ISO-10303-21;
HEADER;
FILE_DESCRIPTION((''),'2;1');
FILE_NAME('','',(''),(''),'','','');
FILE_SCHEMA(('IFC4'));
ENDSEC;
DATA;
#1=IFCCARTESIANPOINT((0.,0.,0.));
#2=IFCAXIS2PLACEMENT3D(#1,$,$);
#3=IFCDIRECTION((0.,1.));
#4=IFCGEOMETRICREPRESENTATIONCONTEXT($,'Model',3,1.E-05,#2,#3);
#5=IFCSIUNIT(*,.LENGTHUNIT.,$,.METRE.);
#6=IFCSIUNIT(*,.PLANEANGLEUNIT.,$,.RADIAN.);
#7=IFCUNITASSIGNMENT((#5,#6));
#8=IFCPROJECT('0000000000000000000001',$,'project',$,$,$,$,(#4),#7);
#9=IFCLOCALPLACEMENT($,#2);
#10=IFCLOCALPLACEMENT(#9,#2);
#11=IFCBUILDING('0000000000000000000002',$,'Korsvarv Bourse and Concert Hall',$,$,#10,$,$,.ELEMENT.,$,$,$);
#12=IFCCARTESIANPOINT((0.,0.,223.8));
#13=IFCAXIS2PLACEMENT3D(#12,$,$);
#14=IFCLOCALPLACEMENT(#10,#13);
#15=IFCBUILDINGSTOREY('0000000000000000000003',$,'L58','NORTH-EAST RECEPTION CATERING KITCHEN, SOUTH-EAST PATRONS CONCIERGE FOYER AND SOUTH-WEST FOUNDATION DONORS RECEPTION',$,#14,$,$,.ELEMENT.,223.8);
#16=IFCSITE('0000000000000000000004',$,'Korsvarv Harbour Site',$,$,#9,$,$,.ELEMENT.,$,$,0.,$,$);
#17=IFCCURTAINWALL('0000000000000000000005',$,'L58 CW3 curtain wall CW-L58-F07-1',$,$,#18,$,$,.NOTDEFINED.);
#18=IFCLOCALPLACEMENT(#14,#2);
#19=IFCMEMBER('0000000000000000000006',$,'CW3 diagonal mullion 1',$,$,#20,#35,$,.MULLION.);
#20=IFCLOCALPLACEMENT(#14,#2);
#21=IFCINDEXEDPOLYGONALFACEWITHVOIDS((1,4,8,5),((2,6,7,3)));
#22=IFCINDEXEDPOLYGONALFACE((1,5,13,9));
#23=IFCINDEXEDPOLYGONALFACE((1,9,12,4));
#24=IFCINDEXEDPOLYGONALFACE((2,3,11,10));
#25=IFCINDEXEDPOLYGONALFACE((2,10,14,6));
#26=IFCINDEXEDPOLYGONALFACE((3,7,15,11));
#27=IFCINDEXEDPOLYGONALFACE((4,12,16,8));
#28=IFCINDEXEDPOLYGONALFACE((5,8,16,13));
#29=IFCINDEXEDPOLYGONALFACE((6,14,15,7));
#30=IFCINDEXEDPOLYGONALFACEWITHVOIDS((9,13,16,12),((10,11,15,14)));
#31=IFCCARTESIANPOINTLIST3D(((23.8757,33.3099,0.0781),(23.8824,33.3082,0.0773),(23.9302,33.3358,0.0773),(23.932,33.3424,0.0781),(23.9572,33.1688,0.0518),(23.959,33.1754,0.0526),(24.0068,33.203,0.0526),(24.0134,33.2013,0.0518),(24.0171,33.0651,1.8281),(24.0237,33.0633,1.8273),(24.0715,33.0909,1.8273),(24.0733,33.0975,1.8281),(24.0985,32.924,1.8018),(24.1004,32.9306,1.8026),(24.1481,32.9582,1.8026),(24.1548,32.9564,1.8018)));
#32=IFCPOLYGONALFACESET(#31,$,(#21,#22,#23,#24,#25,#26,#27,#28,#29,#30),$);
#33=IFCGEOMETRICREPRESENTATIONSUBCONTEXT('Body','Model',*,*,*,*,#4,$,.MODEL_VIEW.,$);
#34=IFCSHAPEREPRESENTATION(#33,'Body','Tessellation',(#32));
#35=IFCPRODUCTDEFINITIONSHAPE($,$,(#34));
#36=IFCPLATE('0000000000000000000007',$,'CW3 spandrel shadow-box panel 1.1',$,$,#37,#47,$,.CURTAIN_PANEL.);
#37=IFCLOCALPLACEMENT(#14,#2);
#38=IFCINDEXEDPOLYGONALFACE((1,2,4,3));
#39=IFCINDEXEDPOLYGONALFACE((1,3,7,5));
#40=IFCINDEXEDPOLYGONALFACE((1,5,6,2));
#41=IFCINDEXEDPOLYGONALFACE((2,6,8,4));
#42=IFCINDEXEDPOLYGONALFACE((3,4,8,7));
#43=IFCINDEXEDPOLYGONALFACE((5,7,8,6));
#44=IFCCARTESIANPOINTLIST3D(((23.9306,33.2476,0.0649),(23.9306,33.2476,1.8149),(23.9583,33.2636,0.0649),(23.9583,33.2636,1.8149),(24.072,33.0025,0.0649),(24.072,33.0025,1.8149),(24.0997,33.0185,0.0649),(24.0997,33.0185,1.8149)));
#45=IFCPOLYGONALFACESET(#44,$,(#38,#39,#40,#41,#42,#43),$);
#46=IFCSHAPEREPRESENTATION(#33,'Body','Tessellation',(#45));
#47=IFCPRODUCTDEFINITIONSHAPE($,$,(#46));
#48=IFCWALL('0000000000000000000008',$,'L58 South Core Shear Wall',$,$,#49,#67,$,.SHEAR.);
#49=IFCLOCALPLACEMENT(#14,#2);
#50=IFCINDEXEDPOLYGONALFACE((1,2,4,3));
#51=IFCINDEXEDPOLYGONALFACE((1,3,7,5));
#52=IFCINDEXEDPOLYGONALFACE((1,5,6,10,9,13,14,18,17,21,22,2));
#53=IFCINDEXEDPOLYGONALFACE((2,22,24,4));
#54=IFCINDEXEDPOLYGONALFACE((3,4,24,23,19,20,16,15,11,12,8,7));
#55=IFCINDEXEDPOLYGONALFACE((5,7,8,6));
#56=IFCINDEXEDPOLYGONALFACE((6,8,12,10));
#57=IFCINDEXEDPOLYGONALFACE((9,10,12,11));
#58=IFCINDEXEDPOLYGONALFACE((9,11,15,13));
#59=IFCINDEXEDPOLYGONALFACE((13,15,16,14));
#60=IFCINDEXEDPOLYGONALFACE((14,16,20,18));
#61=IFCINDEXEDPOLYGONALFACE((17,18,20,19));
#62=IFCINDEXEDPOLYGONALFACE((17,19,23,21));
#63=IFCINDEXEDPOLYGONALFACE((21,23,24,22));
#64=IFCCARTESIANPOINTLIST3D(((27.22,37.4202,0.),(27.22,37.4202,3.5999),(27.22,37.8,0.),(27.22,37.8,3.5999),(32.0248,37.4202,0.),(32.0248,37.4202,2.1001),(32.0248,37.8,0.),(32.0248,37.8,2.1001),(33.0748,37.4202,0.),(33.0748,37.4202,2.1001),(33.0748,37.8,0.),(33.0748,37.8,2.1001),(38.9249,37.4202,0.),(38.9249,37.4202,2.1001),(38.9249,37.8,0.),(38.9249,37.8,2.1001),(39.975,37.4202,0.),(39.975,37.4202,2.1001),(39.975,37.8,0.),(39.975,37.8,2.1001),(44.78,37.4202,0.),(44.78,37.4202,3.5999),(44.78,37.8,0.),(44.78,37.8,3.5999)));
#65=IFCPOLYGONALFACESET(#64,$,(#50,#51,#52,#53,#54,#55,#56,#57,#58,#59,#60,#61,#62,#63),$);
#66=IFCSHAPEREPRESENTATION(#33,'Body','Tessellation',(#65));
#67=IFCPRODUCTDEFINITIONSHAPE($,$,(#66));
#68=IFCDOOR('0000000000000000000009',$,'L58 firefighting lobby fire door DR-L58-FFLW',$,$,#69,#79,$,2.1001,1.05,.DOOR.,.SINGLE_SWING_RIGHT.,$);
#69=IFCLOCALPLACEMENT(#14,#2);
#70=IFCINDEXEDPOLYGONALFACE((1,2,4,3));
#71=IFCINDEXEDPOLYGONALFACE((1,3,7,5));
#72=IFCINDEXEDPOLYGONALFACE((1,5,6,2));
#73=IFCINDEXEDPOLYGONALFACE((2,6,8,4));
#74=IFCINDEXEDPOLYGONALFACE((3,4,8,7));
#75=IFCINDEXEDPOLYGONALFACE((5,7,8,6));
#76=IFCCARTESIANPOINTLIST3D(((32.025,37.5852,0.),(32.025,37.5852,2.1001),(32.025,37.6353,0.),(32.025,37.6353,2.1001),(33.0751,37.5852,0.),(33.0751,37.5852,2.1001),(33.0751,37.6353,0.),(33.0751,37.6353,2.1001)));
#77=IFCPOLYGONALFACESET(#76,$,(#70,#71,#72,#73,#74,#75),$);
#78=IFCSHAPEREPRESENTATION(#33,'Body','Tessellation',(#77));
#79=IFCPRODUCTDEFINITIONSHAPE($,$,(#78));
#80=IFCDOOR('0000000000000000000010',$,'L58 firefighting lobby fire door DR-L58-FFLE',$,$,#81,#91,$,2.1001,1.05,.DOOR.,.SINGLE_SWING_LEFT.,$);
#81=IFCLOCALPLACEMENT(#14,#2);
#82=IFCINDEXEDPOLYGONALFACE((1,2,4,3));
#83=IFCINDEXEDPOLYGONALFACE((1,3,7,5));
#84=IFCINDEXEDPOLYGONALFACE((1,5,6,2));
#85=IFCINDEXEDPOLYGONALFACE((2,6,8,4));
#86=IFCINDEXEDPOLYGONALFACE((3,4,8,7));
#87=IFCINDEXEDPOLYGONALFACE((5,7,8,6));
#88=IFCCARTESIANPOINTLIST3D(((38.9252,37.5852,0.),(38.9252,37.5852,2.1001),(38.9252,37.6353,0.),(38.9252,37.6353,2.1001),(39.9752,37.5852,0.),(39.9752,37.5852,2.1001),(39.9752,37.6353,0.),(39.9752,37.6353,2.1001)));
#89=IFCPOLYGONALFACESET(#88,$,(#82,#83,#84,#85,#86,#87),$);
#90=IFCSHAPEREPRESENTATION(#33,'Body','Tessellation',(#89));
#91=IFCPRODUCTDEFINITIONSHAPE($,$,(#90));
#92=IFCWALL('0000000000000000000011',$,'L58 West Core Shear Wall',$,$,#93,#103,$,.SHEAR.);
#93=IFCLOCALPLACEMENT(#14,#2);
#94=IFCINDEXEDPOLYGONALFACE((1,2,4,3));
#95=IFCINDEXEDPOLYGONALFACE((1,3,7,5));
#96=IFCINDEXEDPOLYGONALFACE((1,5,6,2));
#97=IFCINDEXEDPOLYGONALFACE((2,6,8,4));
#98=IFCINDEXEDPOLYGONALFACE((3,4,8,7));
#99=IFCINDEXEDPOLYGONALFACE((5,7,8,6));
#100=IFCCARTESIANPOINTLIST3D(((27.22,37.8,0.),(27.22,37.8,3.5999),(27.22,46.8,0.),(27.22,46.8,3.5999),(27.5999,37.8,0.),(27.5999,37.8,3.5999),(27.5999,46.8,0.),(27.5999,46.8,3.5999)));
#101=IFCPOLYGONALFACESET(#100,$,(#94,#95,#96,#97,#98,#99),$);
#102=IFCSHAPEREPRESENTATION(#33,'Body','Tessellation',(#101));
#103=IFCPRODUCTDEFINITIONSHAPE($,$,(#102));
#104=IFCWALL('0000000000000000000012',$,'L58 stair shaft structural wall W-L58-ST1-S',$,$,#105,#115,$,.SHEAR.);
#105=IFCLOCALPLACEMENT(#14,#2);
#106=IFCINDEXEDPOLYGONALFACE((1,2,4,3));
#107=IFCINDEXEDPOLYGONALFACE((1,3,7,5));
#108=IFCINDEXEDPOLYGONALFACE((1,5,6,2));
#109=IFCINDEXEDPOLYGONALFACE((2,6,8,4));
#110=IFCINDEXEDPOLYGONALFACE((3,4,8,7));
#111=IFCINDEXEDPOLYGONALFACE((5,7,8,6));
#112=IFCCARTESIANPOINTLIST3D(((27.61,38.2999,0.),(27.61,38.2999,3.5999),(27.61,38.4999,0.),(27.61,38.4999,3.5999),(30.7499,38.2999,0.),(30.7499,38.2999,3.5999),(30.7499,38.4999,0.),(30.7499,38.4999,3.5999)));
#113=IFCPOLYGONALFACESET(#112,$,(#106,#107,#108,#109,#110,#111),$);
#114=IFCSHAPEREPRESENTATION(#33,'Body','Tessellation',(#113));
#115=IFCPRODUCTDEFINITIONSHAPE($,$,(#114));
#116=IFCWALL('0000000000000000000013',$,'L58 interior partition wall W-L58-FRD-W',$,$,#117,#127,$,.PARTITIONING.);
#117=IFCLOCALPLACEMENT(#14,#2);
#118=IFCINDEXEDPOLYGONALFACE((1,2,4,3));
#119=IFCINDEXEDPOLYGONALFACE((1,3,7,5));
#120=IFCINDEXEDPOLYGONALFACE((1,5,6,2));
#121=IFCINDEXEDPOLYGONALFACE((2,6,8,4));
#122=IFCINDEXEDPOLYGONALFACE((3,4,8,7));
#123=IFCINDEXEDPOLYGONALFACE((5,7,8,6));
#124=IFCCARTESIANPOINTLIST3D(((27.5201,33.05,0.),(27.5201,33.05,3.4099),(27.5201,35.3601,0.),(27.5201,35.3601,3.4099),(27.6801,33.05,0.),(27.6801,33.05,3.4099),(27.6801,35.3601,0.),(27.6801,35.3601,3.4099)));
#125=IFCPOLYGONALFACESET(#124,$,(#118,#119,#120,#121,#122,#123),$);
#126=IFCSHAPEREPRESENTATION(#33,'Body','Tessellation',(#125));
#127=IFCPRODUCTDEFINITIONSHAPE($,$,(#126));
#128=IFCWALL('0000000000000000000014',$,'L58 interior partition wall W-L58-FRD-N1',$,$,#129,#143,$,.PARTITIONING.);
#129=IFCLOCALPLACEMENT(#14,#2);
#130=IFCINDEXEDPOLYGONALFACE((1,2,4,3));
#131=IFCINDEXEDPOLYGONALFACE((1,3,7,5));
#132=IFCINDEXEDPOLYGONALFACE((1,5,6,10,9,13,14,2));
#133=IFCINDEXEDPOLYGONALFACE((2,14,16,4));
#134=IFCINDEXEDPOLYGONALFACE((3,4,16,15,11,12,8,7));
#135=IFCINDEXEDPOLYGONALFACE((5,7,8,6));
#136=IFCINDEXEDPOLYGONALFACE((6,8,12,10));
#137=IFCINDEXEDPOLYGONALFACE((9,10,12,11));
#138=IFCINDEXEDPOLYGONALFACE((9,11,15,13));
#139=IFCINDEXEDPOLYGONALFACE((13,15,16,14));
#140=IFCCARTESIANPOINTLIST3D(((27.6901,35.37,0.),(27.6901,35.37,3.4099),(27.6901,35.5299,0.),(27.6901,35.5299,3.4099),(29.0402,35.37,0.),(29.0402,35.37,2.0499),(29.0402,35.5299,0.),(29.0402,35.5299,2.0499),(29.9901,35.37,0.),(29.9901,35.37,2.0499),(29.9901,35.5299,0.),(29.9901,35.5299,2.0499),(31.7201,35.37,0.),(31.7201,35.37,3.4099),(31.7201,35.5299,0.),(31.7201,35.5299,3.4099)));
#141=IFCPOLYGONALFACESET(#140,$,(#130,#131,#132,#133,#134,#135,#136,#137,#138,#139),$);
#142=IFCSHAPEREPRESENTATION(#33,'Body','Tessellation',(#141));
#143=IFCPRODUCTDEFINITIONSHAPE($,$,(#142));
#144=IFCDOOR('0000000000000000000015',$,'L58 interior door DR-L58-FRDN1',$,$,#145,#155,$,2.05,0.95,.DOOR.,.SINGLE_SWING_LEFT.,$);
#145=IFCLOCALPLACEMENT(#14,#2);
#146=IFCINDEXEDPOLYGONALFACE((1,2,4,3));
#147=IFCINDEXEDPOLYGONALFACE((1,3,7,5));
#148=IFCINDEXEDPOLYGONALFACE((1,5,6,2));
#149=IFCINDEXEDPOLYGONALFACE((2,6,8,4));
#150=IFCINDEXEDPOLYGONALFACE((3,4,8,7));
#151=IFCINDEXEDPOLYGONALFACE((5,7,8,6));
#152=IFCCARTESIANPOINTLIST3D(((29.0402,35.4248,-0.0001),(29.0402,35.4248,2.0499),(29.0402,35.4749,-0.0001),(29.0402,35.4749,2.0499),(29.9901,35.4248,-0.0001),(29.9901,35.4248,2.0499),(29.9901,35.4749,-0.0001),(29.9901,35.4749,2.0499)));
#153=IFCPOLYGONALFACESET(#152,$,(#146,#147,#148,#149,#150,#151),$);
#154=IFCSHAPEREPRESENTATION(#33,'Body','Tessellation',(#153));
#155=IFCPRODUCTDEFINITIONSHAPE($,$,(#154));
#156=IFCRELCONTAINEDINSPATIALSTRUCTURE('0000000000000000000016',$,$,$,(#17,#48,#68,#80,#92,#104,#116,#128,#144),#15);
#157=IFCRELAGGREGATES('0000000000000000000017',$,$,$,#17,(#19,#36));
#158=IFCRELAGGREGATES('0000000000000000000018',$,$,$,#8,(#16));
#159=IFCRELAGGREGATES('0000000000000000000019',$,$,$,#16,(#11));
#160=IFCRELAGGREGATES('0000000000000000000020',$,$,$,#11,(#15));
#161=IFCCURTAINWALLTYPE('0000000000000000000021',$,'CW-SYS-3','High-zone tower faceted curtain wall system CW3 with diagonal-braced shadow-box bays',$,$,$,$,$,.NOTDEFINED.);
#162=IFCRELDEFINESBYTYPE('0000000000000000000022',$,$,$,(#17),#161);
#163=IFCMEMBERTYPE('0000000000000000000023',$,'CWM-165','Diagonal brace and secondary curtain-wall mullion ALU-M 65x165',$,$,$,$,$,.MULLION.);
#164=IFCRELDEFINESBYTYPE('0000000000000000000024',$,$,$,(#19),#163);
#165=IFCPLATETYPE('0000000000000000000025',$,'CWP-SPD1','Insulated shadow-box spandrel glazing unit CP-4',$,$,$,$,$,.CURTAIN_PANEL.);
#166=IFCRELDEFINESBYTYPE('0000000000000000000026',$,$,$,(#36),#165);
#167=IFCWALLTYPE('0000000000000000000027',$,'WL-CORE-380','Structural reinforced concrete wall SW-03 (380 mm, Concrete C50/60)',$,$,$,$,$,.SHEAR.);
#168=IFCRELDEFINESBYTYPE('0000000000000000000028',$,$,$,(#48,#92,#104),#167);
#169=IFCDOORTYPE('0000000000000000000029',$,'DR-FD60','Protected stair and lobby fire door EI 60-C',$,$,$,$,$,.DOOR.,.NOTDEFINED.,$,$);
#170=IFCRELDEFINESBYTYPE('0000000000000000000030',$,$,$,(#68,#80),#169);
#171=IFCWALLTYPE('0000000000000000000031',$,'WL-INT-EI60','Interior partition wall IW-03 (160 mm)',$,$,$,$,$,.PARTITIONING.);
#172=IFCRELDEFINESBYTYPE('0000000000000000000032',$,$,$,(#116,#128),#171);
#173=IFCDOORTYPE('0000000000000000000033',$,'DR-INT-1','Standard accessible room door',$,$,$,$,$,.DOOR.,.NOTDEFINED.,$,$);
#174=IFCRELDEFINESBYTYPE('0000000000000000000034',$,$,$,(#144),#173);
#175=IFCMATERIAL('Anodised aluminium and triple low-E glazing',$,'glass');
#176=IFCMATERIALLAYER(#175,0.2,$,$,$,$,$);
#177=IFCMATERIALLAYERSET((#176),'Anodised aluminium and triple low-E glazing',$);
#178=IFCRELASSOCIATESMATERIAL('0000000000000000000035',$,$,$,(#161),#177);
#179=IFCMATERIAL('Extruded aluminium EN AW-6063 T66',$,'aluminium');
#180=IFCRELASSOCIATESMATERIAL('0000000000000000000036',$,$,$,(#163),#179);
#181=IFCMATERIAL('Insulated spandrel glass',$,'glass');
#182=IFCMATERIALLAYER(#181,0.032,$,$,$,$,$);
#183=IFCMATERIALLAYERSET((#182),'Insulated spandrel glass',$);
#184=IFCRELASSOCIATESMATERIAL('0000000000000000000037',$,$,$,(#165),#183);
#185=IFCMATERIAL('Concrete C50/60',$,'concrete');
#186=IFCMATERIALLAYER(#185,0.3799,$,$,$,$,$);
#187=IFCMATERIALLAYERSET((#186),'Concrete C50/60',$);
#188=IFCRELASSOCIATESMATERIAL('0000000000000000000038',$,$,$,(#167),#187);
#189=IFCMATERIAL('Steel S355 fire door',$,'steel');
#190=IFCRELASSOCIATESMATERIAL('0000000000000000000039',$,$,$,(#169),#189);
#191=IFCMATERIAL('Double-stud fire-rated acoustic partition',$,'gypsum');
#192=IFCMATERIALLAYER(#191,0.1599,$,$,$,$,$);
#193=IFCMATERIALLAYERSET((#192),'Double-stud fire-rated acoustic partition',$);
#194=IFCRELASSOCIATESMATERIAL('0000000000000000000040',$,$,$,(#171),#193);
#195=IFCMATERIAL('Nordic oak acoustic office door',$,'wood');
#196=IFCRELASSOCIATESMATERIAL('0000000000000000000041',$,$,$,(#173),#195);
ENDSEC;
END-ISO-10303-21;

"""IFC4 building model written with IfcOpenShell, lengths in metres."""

from ifc_helpers import new_model, si_unit, direction, frame, frame_2d, origin, origin_2d, place, context, subcontext, project, spatial, rectangle, hollow_rectangle, extrude, source, transform, mapped, material, layer, layer_set, material_profile, profile_set, type_object, element, fill, aggregate, save


model = new_model("IFC4")

# Units and contexts
model_context = context("Model", 3, precision=1e-05, world=origin(), true_north=direction((0.0, 1.0)))
body_context = subcontext(model_context, "Body", "Model", "MODEL_VIEW")
ifc_project = project(units=[si_unit("LENGTHUNIT", "METRE"), si_unit("PLANEANGLEUNIT", "RADIAN")], contexts=[model_context])

# Site, building, storey
site_placement = place(None, origin())
site = spatial("IfcSite", under=ifc_project, at=site_placement, Name="Korsvarv Harbour Site", CompositionType="ELEMENT", RefElevation=0.0)
building_placement = place(site_placement, origin())
building = spatial("IfcBuilding", under=site, at=building_placement, Name="Korsvarv Bourse and Concert Hall", CompositionType="ELEMENT")
storey_placement = place(building_placement, frame((0.0, 0.0, 223.8)))
storey = spatial("IfcBuildingStorey", under=building, at=storey_placement, Name="L58", Description="NORTH-EAST RECEPTION CATERING KITCHEN, SOUTH-EAST PATRONS CONCIERGE FOYER AND SOUTH-WEST FOUNDATION DONORS RECEPTION", CompositionType="ELEMENT", Elevation=223.8)

# Shared definitions
ifc_material_1 = material(Name="Concrete C50/60", Category="concrete")

# Curtain wall, member, plate
ifc_material_2 = material(Name="Anodised aluminium and triple low-E glazing", Category="glass")
ifc_layer_1 = layer(ifc_material_2, 0.2)
ifc_layer_set_1 = layer_set([ifc_layer_1], Name="Anodised aluminium and triple low-E glazing")
curtain_wall_type = type_object("IfcCurtainWallType", Name="CW-SYS-3", Description="High-zone tower faceted curtain wall system CW3 with diagonal-braced shadow-box bays", PredefinedType="NOTDEFINED", material=ifc_layer_set_1)
curtain_wall_placement = place(storey_placement, origin())
curtain_wall = element("IfcCurtainWall", 1, at=curtain_wall_placement, inside=storey, type_object=curtain_wall_type, Name="L58 CW3 curtain wall CW-L58-F07-1", PredefinedType="NOTDEFINED")
ifc_material_3 = material(Name="Extruded aluminium EN AW-6063 T66", Category="aluminium")
ifc_material_profile_1 = material_profile(ifc_material_3, hollow_rectangle(XDim=0.0649, YDim=0.165, WallThickness=0.0049, at=origin_2d()), Name="ALU-M 65x165")
ifc_profile_set_1 = profile_set([ifc_material_profile_1], Name="Extruded aluminium EN AW-6063 T66")
member_type_1 = type_object("IfcMemberType", Name="CWM-165", Description="Diagonal brace and secondary curtain-wall mullion ALU-M 65x165", PredefinedType="MULLION", material=ifc_profile_set_1)
shared_shape_1 = source(origin(), body_context, "Body", "SweptSolid", [
    extrude(hollow_rectangle(XDim=0.0649, YDim=0.165, WallThickness=0.0049, at=origin_2d()), origin(), (0.0, 0.0, 1.0), 1.7727),
])
member_1_placement = place(storey_placement, frame((23.9446, 33.2556, 0.0649), z_axis=(0.079742, -0.138136, 0.987198), x_axis=(0.866056, 0.499947, 0.0)))
member_1 = element("IfcMember", 2, at=member_1_placement, type_object=member_type_1, Name="CW3 diagonal mullion 1", PredefinedType="MULLION", context=body_context, shape_type="MappedRepresentation", body=[
    mapped(shared_shape_1, transform((0.0, 0.0, 0.0), scale=1.0)),
])
ifc_material_4 = material(Name="Insulated spandrel glass", Category="glass")
ifc_layer_2 = layer(ifc_material_4, 0.032)
ifc_layer_set_2 = layer_set([ifc_layer_2], Name="Insulated spandrel glass")
plate_type = type_object("IfcPlateType", Name="CWP-SPD1", Description="Insulated shadow-box spandrel glazing unit CP-4", PredefinedType="CURTAIN_PANEL", material=ifc_layer_set_2)
shared_shape_2 = source(origin(), body_context, "Body", "SweptSolid", [
    extrude(rectangle(XDim=0.283, YDim=0.032, at=origin_2d()), origin(), (0.0, 0.0, 1.0), 1.75),
])
plate_placement = place(storey_placement, frame((24.0151, 33.1331, 0.0649), z_axis=(0.0, 0.0, 1.0), x_axis=(0.499954, -0.866052, 0.0)))
plate = element("IfcPlate", 3, at=plate_placement, type_object=plate_type, Name="CW3 spandrel shadow-box panel 1.1", PredefinedType="CURTAIN_PANEL", context=body_context, shape_type="MappedRepresentation", body=[
    mapped(shared_shape_2, transform((0.0, 0.0, 0.0), scale=1.0)),
])
aggregate(curtain_wall, [member_1, plate])

# Wall, openings, doors
ifc_layer_3 = layer(ifc_material_1, 0.3799)
ifc_layer_set_3 = layer_set([ifc_layer_3], Name="Concrete C50/60")
wall_type_1 = type_object("IfcWallType", Name="WL-CORE-380", Description="Structural reinforced concrete wall SW-03 (380 mm, Concrete C50/60)", PredefinedType="SHEAR", material=ifc_layer_set_3)
wall_1_placement = place(storey_placement, frame((27.22, 37.6101, 0.0), z_axis=(0.0, 0.0, 1.0), x_axis=(1.0, 0.0, 0.0)))
wall_1 = element("IfcWall", 4, at=wall_1_placement, inside=storey, type_object=wall_type_1, Name="L58 South Core Shear Wall", PredefinedType="SHEAR", context=body_context, shape_type="SweptSolid", body=[
    extrude(rectangle(XDim=17.5601, YDim=0.3799, at=frame_2d((8.78, 0.0))), origin(), (0.0, 0.0, 1.0), 3.5999),
])
opening_1_placement = place(wall_1_placement, frame((4.8049, 0.0, 0.0)))
opening_1 = element("IfcOpeningElement", 5, at=opening_1_placement, cuts=wall_1, PredefinedType="OPENING", context=body_context, shape_type="SweptSolid", body=[
    extrude(rectangle(XDim=1.05, YDim=2.1001, at=frame_2d((0.5249, 1.05))), frame((0.0, 0.2, 0.0), z_axis=(0.0, -1.0, 0.0), x_axis=(1.0, 0.0, 0.0)), (0.0, 0.0, 1.0), 0.3999),
])
opening_2_placement = place(wall_1_placement, frame((11.7051, 0.0, 0.0)))
opening_2 = element("IfcOpeningElement", 6, at=opening_2_placement, cuts=wall_1, PredefinedType="OPENING", context=body_context, shape_type="SweptSolid", body=[
    extrude(rectangle(XDim=1.05, YDim=2.1001, at=frame_2d((0.5249, 1.05))), frame((0.0, 0.2, 0.0), z_axis=(0.0, -1.0, 0.0), x_axis=(1.0, 0.0, 0.0)), (0.0, 0.0, 1.0), 0.3999),
])
ifc_material_5 = material(Name="Steel S355 fire door", Category="steel")
door_type_1 = type_object("IfcDoorType", Name="DR-FD60", Description="Protected stair and lobby fire door EI 60-C", OperationType="NOTDEFINED", PredefinedType="DOOR", material=ifc_material_5)
door_1_placement = place(opening_1_placement, frame((1.05, 0.0, 0.0), z_axis=(0.0, 0.0, 1.0), x_axis=(-1.0, 0.0, 0.0)))
door_1 = element("IfcDoor", 7, at=door_1_placement, inside=storey, type_object=door_type_1, Name="L58 firefighting lobby fire door DR-L58-FFLW", OperationType="SINGLE_SWING_RIGHT", OverallHeight=2.1001, OverallWidth=1.05, PredefinedType="DOOR", context=body_context, shape_type="SweptSolid", body=[
    extrude(rectangle(XDim=1.05, YDim=2.1001, at=frame_2d((0.5249, 1.05))), frame((0.0, 0.0249, 0.0), z_axis=(0.0, -1.0, 0.0), x_axis=(1.0, 0.0, 0.0)), (0.0, 0.0, 1.0), 0.05),
])
fill(opening_1, door_1)
door_2_placement = place(opening_2_placement, frame((1.05, 0.0, 0.0), z_axis=(0.0, 0.0, 1.0), x_axis=(-1.0, 0.0, 0.0)))
door_2 = element("IfcDoor", 8, at=door_2_placement, inside=storey, type_object=door_type_1, Name="L58 firefighting lobby fire door DR-L58-FFLE", OperationType="SINGLE_SWING_LEFT", OverallHeight=2.1001, OverallWidth=1.05, PredefinedType="DOOR", context=body_context, shape_type="SweptSolid", body=[
    extrude(rectangle(XDim=1.05, YDim=2.1001, at=frame_2d((0.5249, 1.05))), frame((0.0, 0.0249, 0.0), z_axis=(0.0, -1.0, 0.0), x_axis=(1.0, 0.0, 0.0)), (0.0, 0.0, 1.0), 0.05),
])
fill(opening_2, door_2)

# Walls
wall_2_placement = place(storey_placement, frame((27.4099, 37.8, 0.0), z_axis=(0.0, 0.0, 1.0), x_axis=(0.0, 1.0, 0.0)))
element("IfcWall", 9, at=wall_2_placement, inside=storey, type_object=wall_type_1, Name="L58 West Core Shear Wall", PredefinedType="SHEAR", context=body_context, shape_type="SweptSolid", body=[
    extrude(rectangle(XDim=9.0, YDim=0.3799, at=frame_2d((4.5, 0.0))), origin(), (0.0, 0.0, 1.0), 3.5999),
])
wall_3_placement = place(storey_placement, frame((27.6101, 38.3999, 0.0), z_axis=(0.0, 0.0, 1.0), x_axis=(1.0, 0.0, 0.0)))
element("IfcWall", 10, at=wall_3_placement, inside=storey, type_object=wall_type_1, Name="L58 stair shaft structural wall W-L58-ST1-S", PredefinedType="SHEAR", context=body_context, shape_type="SweptSolid", body=[
    extrude(rectangle(XDim=3.1399, YDim=0.2, at=frame_2d((1.5698, 0.0))), origin(), (0.0, 0.0, 1.0), 3.5999),
])
ifc_material_6 = material(Name="Double-stud fire-rated acoustic partition", Category="gypsum")
ifc_layer_4 = layer(ifc_material_6, 0.1599)
ifc_layer_set_4 = layer_set([ifc_layer_4], Name="Double-stud fire-rated acoustic partition")
wall_type_2 = type_object("IfcWallType", Name="WL-INT-EI60", Description="Interior partition wall IW-03 (160 mm)", PredefinedType="PARTITIONING", material=ifc_layer_set_4)
wall_4_placement = place(storey_placement, frame((27.6001, 33.05, 0.0), z_axis=(0.0, 0.0, 1.0), x_axis=(0.0, 1.0, 0.0)))
element("IfcWall", 11, at=wall_4_placement, inside=storey, type_object=wall_type_2, Name="L58 interior partition wall W-L58-FRD-W", PredefinedType="PARTITIONING", context=body_context, shape_type="SweptSolid", body=[
    extrude(rectangle(XDim=2.3101, YDim=0.1599, at=frame_2d((1.155, 0.0))), origin(), (0.0, 0.0, 1.0), 3.4099),
])

# Wall, opening, door
wall_5_placement = place(storey_placement, frame((27.6899, 35.45, 0.0), z_axis=(0.0, 0.0, 1.0), x_axis=(1.0, 0.0, 0.0)))
wall_5 = element("IfcWall", 12, at=wall_5_placement, inside=storey, type_object=wall_type_2, Name="L58 interior partition wall W-L58-FRD-N1", PredefinedType="PARTITIONING", context=body_context, shape_type="SweptSolid", body=[
    extrude(rectangle(XDim=4.03, YDim=0.1599, at=frame_2d((2.0151, 0.0))), origin(), (0.0, 0.0, 1.0), 3.4099),
])
opening_3_placement = place(wall_5_placement, frame((1.3501, 0.0, 0.0)))
opening_3 = element("IfcOpeningElement", 13, at=opening_3_placement, cuts=wall_5, PredefinedType="OPENING", context=body_context, shape_type="SweptSolid", body=[
    extrude(rectangle(XDim=0.95, YDim=2.05, at=frame_2d((0.4751, 1.0249))), frame((0.0, 0.0898, 0.0), z_axis=(0.0, -1.0, 0.0), x_axis=(1.0, 0.0, 0.0)), (0.0, 0.0, 1.0), 0.1799),
])
ifc_material_7 = material(Name="Nordic oak acoustic office door", Category="wood")
door_type_2 = type_object("IfcDoorType", Name="DR-INT-1", Description="Standard accessible room door", OperationType="NOTDEFINED", PredefinedType="DOOR", material=ifc_material_7)
door_3_placement = place(opening_3_placement, origin())
door_3 = element("IfcDoor", 14, at=door_3_placement, inside=storey, type_object=door_type_2, Name="L58 interior door DR-L58-FRDN1", OperationType="SINGLE_SWING_LEFT", OverallHeight=2.05, OverallWidth=0.95, PredefinedType="DOOR", context=body_context, shape_type="SweptSolid", body=[
    extrude(rectangle(XDim=0.95, YDim=2.05, at=frame_2d((0.4751, 1.0249))), frame((0.0, 0.0249, 0.0), z_axis=(0.0, -1.0, 0.0), x_axis=(1.0, 0.0, 0.0)), (0.0, 0.0, 1.0), 0.05),
])
fill(opening_3, door_3)

save(model, "model.ifc")
